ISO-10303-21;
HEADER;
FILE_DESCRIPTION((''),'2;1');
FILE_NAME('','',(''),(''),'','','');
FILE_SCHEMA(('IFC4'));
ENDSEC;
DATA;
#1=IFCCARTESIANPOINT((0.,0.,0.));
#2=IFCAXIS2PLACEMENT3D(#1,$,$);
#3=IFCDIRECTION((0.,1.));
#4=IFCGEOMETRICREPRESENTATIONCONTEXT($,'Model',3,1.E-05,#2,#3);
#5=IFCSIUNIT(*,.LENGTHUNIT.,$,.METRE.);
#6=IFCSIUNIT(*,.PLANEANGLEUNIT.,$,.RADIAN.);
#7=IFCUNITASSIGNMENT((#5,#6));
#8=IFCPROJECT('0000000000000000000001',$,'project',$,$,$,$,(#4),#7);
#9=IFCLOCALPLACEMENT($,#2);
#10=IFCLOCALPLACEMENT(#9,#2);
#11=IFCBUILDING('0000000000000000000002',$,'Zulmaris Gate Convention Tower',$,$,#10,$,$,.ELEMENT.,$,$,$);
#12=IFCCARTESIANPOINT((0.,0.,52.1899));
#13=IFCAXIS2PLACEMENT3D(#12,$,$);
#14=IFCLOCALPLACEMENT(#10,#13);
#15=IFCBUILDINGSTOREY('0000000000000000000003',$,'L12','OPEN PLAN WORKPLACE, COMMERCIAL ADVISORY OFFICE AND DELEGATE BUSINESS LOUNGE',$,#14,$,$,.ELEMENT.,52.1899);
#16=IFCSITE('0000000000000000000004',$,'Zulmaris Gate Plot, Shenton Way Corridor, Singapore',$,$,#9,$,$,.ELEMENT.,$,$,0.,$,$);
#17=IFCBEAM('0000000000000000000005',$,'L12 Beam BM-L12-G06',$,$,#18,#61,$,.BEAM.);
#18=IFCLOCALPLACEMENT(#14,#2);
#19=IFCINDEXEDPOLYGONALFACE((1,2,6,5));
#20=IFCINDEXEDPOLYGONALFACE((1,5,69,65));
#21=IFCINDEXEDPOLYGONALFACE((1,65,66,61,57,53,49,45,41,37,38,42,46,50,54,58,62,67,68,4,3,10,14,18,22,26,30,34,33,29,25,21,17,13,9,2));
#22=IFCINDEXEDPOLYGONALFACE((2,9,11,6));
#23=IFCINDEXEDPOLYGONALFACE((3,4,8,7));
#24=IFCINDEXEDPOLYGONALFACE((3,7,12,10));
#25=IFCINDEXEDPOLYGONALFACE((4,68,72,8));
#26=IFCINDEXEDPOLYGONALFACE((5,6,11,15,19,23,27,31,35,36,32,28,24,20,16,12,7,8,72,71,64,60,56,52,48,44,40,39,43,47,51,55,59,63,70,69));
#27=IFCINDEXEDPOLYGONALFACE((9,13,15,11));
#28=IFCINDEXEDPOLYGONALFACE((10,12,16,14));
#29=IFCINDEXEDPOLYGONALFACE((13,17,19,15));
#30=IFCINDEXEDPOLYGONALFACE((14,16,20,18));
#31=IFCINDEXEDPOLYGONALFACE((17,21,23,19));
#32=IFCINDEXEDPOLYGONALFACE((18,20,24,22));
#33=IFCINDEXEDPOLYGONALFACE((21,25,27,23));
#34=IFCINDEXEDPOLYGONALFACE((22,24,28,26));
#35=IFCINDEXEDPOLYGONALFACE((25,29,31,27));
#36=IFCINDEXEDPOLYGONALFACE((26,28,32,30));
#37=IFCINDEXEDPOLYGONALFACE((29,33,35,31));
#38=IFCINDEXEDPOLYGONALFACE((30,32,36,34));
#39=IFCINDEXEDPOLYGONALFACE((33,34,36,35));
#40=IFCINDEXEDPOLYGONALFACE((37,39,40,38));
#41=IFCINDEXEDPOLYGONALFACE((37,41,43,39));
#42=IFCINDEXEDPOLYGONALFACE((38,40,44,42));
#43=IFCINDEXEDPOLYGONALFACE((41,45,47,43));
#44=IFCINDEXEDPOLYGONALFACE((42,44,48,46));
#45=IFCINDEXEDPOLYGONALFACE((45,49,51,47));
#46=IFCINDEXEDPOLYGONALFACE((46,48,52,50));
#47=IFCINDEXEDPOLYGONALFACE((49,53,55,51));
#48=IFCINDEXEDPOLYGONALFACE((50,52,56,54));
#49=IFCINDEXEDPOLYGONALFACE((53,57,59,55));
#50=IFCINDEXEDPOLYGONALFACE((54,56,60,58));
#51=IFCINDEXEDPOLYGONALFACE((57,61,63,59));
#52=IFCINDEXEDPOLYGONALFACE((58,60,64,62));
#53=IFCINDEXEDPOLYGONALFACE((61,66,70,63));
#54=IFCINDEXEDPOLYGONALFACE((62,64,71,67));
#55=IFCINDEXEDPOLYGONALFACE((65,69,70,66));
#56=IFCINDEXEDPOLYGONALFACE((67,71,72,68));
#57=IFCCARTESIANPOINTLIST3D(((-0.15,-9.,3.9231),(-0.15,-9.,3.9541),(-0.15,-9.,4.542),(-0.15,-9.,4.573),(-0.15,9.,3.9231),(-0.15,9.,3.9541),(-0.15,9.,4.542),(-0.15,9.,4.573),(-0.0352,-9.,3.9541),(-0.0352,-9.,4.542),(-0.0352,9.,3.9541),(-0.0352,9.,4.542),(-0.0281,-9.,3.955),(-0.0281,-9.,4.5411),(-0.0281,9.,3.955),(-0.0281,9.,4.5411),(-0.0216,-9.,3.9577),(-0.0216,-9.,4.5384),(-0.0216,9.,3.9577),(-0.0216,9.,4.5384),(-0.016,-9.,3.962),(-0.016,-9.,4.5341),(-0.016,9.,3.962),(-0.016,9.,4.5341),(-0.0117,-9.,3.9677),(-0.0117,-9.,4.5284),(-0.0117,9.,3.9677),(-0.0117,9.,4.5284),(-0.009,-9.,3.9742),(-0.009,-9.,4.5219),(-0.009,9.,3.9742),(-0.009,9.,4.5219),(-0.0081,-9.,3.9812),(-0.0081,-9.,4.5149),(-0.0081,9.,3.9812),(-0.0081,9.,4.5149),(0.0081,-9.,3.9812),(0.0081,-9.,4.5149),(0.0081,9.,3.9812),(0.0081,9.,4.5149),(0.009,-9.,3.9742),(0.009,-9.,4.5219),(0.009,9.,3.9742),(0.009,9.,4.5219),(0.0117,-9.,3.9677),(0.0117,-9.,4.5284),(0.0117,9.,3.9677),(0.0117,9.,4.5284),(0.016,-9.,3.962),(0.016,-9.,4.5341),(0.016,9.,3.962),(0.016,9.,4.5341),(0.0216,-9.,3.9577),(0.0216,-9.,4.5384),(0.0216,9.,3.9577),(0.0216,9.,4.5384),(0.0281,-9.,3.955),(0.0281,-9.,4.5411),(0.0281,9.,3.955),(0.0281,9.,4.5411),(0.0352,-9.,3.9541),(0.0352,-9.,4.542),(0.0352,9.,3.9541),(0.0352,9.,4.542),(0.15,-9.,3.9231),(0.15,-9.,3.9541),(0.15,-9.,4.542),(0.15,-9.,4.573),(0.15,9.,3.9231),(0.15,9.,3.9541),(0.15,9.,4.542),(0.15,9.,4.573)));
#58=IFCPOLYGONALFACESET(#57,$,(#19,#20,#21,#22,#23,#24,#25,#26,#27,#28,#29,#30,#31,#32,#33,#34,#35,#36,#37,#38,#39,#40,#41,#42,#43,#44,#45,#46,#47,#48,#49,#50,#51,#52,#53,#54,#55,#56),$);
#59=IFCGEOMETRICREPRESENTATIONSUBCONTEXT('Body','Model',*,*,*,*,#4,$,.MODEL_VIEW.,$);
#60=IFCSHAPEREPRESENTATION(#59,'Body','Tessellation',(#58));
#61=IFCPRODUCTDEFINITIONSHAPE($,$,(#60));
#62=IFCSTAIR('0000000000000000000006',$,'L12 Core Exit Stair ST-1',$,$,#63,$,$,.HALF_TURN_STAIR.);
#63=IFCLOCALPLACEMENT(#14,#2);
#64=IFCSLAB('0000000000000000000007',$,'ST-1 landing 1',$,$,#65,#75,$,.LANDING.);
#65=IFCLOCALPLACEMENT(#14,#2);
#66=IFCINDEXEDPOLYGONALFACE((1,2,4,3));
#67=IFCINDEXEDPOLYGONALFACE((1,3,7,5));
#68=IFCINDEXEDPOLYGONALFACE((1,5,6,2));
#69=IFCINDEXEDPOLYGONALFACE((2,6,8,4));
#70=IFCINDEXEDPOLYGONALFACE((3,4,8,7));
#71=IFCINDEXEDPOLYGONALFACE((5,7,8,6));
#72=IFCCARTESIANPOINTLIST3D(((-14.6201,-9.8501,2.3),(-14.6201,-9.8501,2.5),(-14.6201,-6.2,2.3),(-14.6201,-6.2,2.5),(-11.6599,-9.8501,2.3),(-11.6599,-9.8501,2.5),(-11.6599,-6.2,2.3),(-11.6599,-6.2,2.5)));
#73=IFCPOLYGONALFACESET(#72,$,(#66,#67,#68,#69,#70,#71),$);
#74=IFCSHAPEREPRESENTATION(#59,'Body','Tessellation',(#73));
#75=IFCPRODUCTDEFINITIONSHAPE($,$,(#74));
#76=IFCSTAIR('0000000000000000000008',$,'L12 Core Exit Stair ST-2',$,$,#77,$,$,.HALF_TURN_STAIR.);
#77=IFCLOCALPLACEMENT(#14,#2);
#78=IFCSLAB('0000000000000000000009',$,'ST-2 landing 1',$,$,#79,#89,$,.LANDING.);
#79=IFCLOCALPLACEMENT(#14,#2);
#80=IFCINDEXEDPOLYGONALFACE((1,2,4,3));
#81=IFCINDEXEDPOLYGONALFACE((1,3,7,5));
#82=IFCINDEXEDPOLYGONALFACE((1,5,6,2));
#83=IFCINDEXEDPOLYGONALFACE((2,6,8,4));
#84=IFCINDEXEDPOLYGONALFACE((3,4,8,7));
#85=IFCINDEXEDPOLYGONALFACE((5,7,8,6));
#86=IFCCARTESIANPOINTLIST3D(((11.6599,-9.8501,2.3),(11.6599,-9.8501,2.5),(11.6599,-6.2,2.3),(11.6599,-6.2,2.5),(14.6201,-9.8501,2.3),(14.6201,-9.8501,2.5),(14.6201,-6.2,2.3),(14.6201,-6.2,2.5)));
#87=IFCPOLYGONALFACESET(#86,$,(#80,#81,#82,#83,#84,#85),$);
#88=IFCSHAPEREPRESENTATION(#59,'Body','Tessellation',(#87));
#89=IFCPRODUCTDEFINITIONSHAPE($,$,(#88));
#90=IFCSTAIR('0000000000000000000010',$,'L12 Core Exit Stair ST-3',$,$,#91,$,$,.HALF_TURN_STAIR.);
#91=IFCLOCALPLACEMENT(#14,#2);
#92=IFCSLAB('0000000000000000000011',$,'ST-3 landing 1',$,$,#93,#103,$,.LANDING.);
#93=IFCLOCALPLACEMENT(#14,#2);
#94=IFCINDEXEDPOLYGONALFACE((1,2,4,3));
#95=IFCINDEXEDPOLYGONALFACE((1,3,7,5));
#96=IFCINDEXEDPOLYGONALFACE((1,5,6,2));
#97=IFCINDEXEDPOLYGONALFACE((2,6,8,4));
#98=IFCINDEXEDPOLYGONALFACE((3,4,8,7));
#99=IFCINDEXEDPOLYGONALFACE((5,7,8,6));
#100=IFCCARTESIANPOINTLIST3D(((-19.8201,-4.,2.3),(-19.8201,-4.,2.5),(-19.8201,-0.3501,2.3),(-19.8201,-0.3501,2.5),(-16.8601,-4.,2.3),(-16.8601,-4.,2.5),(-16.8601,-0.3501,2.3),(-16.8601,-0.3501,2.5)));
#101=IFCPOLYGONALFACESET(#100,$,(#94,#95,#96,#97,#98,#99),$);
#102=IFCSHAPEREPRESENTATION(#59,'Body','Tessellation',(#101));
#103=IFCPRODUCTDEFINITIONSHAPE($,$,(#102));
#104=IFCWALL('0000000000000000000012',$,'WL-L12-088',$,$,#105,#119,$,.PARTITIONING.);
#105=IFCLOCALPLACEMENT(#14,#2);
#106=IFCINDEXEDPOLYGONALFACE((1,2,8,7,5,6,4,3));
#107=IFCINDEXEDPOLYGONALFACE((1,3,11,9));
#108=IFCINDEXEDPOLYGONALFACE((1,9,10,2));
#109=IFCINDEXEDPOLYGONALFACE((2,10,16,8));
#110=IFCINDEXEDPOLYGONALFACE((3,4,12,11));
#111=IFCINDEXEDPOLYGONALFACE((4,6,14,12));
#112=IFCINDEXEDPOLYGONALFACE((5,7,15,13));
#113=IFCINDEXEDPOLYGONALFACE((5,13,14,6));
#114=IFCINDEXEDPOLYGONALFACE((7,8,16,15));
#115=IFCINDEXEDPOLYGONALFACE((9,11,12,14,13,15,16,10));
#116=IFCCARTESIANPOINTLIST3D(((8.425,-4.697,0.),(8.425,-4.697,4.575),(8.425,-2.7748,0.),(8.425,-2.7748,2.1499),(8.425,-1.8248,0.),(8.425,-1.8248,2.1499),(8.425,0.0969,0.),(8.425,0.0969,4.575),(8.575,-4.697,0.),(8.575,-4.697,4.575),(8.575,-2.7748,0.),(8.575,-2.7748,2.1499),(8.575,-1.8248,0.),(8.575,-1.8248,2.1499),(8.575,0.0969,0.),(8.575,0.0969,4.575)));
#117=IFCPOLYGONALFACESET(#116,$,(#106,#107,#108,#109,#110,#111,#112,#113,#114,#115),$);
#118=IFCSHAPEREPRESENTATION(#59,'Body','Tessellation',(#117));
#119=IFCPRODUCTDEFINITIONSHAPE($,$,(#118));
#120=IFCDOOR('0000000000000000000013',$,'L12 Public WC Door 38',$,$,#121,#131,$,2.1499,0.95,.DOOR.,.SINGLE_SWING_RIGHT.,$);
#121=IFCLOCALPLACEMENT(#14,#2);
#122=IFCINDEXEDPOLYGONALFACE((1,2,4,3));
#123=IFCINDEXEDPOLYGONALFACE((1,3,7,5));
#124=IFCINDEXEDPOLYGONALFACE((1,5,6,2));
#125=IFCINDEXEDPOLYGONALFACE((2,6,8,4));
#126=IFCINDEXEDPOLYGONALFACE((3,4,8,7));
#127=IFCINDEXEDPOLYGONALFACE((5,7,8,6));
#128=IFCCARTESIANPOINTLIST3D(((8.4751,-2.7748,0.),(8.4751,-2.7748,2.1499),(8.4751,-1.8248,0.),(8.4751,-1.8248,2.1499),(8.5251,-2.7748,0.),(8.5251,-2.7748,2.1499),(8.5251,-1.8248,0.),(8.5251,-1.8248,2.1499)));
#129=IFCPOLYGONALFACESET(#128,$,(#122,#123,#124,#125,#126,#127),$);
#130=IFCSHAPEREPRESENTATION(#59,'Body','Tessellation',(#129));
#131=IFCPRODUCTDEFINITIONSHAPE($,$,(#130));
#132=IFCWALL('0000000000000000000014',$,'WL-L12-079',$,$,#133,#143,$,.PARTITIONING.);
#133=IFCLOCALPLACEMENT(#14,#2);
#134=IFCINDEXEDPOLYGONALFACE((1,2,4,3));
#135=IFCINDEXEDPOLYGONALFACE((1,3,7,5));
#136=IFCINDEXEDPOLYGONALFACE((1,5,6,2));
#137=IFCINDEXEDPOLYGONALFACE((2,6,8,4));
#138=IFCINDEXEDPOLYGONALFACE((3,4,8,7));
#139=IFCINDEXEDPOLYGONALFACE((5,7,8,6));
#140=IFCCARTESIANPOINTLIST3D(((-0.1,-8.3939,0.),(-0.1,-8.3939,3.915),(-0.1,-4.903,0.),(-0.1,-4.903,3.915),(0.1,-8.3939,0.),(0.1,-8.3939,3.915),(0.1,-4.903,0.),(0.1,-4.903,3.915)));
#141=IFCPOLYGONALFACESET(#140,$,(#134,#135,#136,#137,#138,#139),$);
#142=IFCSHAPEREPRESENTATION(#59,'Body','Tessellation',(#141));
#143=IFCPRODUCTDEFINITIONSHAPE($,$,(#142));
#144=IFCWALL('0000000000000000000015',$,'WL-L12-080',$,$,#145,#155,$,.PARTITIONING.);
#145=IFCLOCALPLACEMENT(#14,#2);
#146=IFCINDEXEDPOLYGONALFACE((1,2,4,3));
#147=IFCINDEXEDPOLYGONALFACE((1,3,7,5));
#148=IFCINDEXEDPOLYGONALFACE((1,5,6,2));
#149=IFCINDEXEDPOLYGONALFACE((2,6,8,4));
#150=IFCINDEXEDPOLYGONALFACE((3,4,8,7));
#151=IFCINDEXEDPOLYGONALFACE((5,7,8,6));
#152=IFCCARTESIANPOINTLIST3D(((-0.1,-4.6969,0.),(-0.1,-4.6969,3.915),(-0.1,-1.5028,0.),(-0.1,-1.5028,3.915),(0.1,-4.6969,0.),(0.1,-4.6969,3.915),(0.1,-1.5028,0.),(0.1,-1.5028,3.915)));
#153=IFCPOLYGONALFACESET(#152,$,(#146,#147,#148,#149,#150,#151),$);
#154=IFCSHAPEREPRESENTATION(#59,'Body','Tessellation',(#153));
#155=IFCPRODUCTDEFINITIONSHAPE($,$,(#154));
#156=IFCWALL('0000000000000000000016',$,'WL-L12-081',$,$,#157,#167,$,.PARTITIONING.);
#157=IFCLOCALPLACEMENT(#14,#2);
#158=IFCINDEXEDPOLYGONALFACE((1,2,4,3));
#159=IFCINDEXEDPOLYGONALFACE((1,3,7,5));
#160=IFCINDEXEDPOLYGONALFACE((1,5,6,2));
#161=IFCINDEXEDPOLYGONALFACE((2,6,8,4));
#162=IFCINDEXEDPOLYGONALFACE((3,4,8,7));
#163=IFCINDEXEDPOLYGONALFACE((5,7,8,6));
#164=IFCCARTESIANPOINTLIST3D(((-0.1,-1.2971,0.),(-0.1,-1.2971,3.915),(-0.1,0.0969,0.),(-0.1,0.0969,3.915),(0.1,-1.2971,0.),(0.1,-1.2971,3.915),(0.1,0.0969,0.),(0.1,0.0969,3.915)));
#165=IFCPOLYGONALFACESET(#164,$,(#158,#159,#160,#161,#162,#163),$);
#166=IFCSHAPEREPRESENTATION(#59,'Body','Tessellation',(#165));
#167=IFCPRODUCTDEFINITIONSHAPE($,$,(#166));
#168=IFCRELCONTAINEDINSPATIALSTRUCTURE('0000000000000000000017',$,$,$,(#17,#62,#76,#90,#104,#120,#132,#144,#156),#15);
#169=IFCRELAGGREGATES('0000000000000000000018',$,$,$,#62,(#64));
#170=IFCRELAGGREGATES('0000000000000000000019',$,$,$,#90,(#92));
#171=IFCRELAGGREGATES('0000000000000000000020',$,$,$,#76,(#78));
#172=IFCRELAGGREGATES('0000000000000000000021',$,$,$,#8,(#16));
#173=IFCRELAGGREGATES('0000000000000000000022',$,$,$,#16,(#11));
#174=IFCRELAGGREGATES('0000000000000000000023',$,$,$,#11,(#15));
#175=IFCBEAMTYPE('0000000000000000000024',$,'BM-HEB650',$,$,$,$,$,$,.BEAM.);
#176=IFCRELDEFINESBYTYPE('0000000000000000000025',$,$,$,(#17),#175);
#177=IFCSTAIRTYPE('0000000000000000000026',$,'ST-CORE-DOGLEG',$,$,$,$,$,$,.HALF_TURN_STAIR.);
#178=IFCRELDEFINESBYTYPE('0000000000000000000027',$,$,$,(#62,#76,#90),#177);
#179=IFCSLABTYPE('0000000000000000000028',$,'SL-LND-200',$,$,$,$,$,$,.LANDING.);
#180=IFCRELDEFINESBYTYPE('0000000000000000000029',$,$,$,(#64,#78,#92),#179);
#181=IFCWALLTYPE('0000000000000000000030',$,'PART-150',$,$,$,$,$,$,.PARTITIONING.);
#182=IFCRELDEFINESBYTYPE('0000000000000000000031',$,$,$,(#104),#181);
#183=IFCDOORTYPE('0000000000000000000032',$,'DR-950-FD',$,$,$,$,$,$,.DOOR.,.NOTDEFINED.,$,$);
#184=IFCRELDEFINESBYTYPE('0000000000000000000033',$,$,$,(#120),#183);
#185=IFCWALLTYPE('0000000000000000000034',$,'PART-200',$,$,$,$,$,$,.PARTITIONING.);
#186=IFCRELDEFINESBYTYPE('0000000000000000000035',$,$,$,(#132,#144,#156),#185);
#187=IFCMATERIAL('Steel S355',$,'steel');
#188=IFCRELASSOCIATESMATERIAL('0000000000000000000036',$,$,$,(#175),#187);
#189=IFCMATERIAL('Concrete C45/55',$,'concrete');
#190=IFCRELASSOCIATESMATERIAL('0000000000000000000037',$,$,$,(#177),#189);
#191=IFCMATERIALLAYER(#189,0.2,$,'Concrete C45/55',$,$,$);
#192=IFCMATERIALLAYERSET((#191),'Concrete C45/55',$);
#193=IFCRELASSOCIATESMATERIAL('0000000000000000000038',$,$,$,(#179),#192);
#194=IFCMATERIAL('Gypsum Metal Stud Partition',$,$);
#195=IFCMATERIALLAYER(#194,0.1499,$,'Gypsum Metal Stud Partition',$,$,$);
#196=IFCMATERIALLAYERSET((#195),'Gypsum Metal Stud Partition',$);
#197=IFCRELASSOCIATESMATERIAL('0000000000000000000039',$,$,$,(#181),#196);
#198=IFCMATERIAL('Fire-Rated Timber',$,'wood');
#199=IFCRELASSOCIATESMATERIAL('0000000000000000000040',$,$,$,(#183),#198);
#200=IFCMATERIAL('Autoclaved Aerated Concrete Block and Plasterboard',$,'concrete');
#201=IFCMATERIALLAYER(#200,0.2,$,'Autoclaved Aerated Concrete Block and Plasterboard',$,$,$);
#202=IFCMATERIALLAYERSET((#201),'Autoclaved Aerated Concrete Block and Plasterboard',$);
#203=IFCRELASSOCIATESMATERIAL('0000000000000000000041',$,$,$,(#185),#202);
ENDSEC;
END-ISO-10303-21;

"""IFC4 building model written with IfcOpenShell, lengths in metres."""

from ifc_helpers import new_model, si_unit, direction, frame, frame_2d, origin, origin_2d, place, context, subcontext, project, spatial, polyline, rectangle, i_section, outline, extrude, material, layer, layer_set, material_profile, profile_set, type_object, element, fill, aggregate, save


model = new_model("IFC4")

# Units and contexts
model_context = context("Model", 3, precision=1e-05, world=origin(), true_north=direction((0.0, 1.0)))
body_context = subcontext(model_context, "Body", "Model", "MODEL_VIEW")
ifc_project = project(units=[si_unit("LENGTHUNIT", "METRE"), si_unit("PLANEANGLEUNIT", "RADIAN")], contexts=[model_context])

# Site, building, storey
site_placement = place(None, origin())
site = spatial("IfcSite", under=ifc_project, at=site_placement, Name="Zulmaris Gate Plot, Shenton Way Corridor, Singapore", CompositionType="ELEMENT", RefElevation=0.0)
building_placement = place(site_placement, origin())
building = spatial("IfcBuilding", under=site, at=building_placement, Name="Zulmaris Gate Convention Tower", CompositionType="ELEMENT")
storey_placement = place(building_placement, frame((0.0, 0.0, 52.1899)))
storey = spatial("IfcBuildingStorey", under=building, at=storey_placement, Name="L12", Description="OPEN PLAN WORKPLACE, COMMERCIAL ADVISORY OFFICE AND DELEGATE BUSINESS LOUNGE", CompositionType="ELEMENT", Elevation=52.1899)

# Beam
ifc_material_1 = material(Name="Steel S355", Category="steel")
ifc_material_profile = material_profile(ifc_material_1, i_section(OverallWidth=0.3, OverallDepth=0.6499, WebThickness=0.0161, FlangeThickness=0.031, FilletRadius=0.0271, at=origin_2d()), Name="HEB 650")
ifc_profile_set = profile_set([ifc_material_profile], Name="Steel S355")
beam_type = type_object("IfcBeamType", Name="BM-HEB650", PredefinedType="BEAM", material=ifc_profile_set)
beam_placement = place(storey_placement, frame((0.0, -9.0, 4.248), z_axis=(0.0, 1.0, 0.0), x_axis=(-1.0, 0.0, 0.0)))
element("IfcBeam", 1, at=beam_placement, inside=storey, type_object=beam_type, Name="L12 Beam BM-L12-G06", PredefinedType="BEAM", context=body_context, shape_type="SweptSolid", body=[
    extrude(i_section(OverallWidth=0.3, OverallDepth=0.6499, WebThickness=0.0161, FlangeThickness=0.031, FilletRadius=0.0271, at=origin_2d()), origin(), (0.0, 0.0, 1.0), 18.0),
])

# Stairs, slabs
ifc_material_2 = material(Name="Concrete C45/55", Category="concrete")
stair_type = type_object("IfcStairType", Name="ST-CORE-DOGLEG", PredefinedType="HALF_TURN_STAIR", material=ifc_material_2)
stair_1_placement = place(storey_placement, origin())
stair_1 = element("IfcStair", 2, at=stair_1_placement, inside=storey, type_object=stair_type, Name="L12 Core Exit Stair ST-1", PredefinedType="HALF_TURN_STAIR")
ifc_layer_1 = layer(ifc_material_2, 0.2, Name="Concrete C45/55")
ifc_layer_set_1 = layer_set([ifc_layer_1], Name="Concrete C45/55")
slab_type = type_object("IfcSlabType", Name="SL-LND-200", PredefinedType="LANDING", material=ifc_layer_set_1)
slab_1_placement = place(storey_placement, frame((0.0, 0.0, 2.3)))
slab_1 = element("IfcSlab", 3, at=slab_1_placement, type_object=slab_type, Name="ST-1 landing 1", PredefinedType="LANDING", context=body_context, shape_type="SweptSolid", body=[
    extrude(outline(polyline([(-14.6201, -6.2), (-14.6201, -9.8501), (-11.6599, -9.8501), (-11.6599, -6.2), (-14.6201, -6.2)])), origin(), (0.0, 0.0, 1.0), 0.2),
])
aggregate(stair_1, [slab_1])
stair_2_placement = place(storey_placement, origin())
stair_2 = element("IfcStair", 4, at=stair_2_placement, inside=storey, type_object=stair_type, Name="L12 Core Exit Stair ST-2", PredefinedType="HALF_TURN_STAIR")
slab_2_placement = place(storey_placement, frame((0.0, 0.0, 2.3)))
slab_2 = element("IfcSlab", 5, at=slab_2_placement, type_object=slab_type, Name="ST-2 landing 1", PredefinedType="LANDING", context=body_context, shape_type="SweptSolid", body=[
    extrude(outline(polyline([(11.6599, -6.2), (11.6599, -9.8501), (14.6201, -9.8501), (14.6201, -6.2), (11.6599, -6.2)])), origin(), (0.0, 0.0, 1.0), 0.2),
])
stair_3_placement = place(storey_placement, origin())
stair_3 = element("IfcStair", 6, at=stair_3_placement, inside=storey, type_object=stair_type, Name="L12 Core Exit Stair ST-3", PredefinedType="HALF_TURN_STAIR")
slab_3_placement = place(storey_placement, frame((0.0, 0.0, 2.3)))
slab_3 = element("IfcSlab", 7, at=slab_3_placement, type_object=slab_type, Name="ST-3 landing 1", PredefinedType="LANDING", context=body_context, shape_type="SweptSolid", body=[
    extrude(outline(polyline([(-16.8601, -4.0), (-16.8601, -0.3501), (-19.8201, -0.3501), (-19.8201, -4.0), (-16.8601, -4.0)])), origin(), (0.0, 0.0, 1.0), 0.2),
])
aggregate(stair_3, [slab_3])

# Wall, opening, door
ifc_material_3 = material(Name="Gypsum Metal Stud Partition")
ifc_layer_2 = layer(ifc_material_3, 0.1499, Name="Gypsum Metal Stud Partition")
ifc_layer_set_2 = layer_set([ifc_layer_2], Name="Gypsum Metal Stud Partition")
wall_type_1 = type_object("IfcWallType", Name="PART-150", PredefinedType="PARTITIONING", material=ifc_layer_set_2)
wall_1_placement = place(storey_placement, frame((8.5, -4.697, 0.0), z_axis=(0.0, 0.0, 1.0), x_axis=(0.0, 1.0, 0.0)))
wall_1 = element("IfcWall", 8, at=wall_1_placement, inside=storey, type_object=wall_type_1, Name="WL-L12-088", PredefinedType="PARTITIONING", context=body_context, shape_type="SweptSolid", body=[
    extrude(rectangle(XDim=4.7939, YDim=0.1499, at=frame_2d((2.397, 0.0))), origin(), (0.0, 0.0, 1.0), 4.575),
])
opening_1_placement = place(wall_1_placement, frame((1.9221, 0.0, 0.0)))
opening_1 = element("IfcOpeningElement", 9, at=opening_1_placement, cuts=wall_1, PredefinedType="OPENING", context=body_context, shape_type="SweptSolid", body=[
    extrude(rectangle(XDim=0.95, YDim=2.1499, at=frame_2d((0.4751, 1.075))), frame((0.0, 0.085, 0.0), z_axis=(0.0, -1.0, 0.0), x_axis=(1.0, 0.0, 0.0)), (0.0, 0.0, 1.0), 0.1699),
])
ifc_material_4 = material(Name="Fire-Rated Timber", Category="wood")
door_type_1 = type_object("IfcDoorType", Name="DR-950-FD", OperationType="NOTDEFINED", PredefinedType="DOOR", material=ifc_material_4)
door_1_placement = place(opening_1_placement, origin())
door_1 = element("IfcDoor", 10, at=door_1_placement, inside=storey, type_object=door_type_1, Name="L12 Public WC Door 38", OperationType="SINGLE_SWING_RIGHT", OverallHeight=2.1499, OverallWidth=0.95, PredefinedType="DOOR", context=body_context, shape_type="SweptSolid", body=[
    extrude(rectangle(XDim=0.95, YDim=2.1499, at=frame_2d((0.4751, 1.075))), frame((0.0, 0.0249, 0.0), z_axis=(0.0, -1.0, 0.0), x_axis=(1.0, 0.0, 0.0)), (0.0, 0.0, 1.0), 0.05),
])
fill(opening_1, door_1)

# Walls
ifc_material_5 = material(Name="Autoclaved Aerated Concrete Block and Plasterboard", Category="concrete")
ifc_layer_3 = layer(ifc_material_5, 0.2, Name="Autoclaved Aerated Concrete Block and Plasterboard")
ifc_layer_set_3 = layer_set([ifc_layer_3], Name="Autoclaved Aerated Concrete Block and Plasterboard")
wall_type_2 = type_object("IfcWallType", Name="PART-200", PredefinedType="PARTITIONING", material=ifc_layer_set_3)
wall_2_placement = place(storey_placement, frame((0.0, -8.394, 0.0), z_axis=(0.0, 0.0, 1.0), x_axis=(0.0, 1.0, 0.0)))
element("IfcWall", 11, at=wall_2_placement, inside=storey, type_object=wall_type_2, Name="WL-L12-079", PredefinedType="PARTITIONING", context=body_context, shape_type="SweptSolid", body=[
    extrude(rectangle(XDim=3.491, YDim=0.2, at=frame_2d((1.7456, 0.0))), origin(), (0.0, 0.0, 1.0), 3.915),
])
wall_3_placement = place(storey_placement, frame((0.0, -4.697, 0.0), z_axis=(0.0, 0.0, 1.0), x_axis=(0.0, 1.0, 0.0)))
element("IfcWall", 12, at=wall_3_placement, inside=storey, type_object=wall_type_2, Name="WL-L12-080", PredefinedType="PARTITIONING", context=body_context, shape_type="SweptSolid", body=[
    extrude(rectangle(XDim=3.1941, YDim=0.2, at=frame_2d((1.5972, 0.0))), origin(), (0.0, 0.0, 1.0), 3.915),
])
wall_4_placement = place(storey_placement, frame((0.0, -1.2971, 0.0), z_axis=(0.0, 0.0, 1.0), x_axis=(0.0, 1.0, 0.0)))
element("IfcWall", 13, at=wall_4_placement, inside=storey, type_object=wall_type_2, Name="WL-L12-081", PredefinedType="PARTITIONING", context=body_context, shape_type="SweptSolid", body=[
    extrude(rectangle(XDim=1.394, YDim=0.2, at=frame_2d((0.697, 0.0))), origin(), (0.0, 0.0, 1.0), 3.915),
])

aggregate(stair_2, [slab_2])

save(model, "model.ifc")
